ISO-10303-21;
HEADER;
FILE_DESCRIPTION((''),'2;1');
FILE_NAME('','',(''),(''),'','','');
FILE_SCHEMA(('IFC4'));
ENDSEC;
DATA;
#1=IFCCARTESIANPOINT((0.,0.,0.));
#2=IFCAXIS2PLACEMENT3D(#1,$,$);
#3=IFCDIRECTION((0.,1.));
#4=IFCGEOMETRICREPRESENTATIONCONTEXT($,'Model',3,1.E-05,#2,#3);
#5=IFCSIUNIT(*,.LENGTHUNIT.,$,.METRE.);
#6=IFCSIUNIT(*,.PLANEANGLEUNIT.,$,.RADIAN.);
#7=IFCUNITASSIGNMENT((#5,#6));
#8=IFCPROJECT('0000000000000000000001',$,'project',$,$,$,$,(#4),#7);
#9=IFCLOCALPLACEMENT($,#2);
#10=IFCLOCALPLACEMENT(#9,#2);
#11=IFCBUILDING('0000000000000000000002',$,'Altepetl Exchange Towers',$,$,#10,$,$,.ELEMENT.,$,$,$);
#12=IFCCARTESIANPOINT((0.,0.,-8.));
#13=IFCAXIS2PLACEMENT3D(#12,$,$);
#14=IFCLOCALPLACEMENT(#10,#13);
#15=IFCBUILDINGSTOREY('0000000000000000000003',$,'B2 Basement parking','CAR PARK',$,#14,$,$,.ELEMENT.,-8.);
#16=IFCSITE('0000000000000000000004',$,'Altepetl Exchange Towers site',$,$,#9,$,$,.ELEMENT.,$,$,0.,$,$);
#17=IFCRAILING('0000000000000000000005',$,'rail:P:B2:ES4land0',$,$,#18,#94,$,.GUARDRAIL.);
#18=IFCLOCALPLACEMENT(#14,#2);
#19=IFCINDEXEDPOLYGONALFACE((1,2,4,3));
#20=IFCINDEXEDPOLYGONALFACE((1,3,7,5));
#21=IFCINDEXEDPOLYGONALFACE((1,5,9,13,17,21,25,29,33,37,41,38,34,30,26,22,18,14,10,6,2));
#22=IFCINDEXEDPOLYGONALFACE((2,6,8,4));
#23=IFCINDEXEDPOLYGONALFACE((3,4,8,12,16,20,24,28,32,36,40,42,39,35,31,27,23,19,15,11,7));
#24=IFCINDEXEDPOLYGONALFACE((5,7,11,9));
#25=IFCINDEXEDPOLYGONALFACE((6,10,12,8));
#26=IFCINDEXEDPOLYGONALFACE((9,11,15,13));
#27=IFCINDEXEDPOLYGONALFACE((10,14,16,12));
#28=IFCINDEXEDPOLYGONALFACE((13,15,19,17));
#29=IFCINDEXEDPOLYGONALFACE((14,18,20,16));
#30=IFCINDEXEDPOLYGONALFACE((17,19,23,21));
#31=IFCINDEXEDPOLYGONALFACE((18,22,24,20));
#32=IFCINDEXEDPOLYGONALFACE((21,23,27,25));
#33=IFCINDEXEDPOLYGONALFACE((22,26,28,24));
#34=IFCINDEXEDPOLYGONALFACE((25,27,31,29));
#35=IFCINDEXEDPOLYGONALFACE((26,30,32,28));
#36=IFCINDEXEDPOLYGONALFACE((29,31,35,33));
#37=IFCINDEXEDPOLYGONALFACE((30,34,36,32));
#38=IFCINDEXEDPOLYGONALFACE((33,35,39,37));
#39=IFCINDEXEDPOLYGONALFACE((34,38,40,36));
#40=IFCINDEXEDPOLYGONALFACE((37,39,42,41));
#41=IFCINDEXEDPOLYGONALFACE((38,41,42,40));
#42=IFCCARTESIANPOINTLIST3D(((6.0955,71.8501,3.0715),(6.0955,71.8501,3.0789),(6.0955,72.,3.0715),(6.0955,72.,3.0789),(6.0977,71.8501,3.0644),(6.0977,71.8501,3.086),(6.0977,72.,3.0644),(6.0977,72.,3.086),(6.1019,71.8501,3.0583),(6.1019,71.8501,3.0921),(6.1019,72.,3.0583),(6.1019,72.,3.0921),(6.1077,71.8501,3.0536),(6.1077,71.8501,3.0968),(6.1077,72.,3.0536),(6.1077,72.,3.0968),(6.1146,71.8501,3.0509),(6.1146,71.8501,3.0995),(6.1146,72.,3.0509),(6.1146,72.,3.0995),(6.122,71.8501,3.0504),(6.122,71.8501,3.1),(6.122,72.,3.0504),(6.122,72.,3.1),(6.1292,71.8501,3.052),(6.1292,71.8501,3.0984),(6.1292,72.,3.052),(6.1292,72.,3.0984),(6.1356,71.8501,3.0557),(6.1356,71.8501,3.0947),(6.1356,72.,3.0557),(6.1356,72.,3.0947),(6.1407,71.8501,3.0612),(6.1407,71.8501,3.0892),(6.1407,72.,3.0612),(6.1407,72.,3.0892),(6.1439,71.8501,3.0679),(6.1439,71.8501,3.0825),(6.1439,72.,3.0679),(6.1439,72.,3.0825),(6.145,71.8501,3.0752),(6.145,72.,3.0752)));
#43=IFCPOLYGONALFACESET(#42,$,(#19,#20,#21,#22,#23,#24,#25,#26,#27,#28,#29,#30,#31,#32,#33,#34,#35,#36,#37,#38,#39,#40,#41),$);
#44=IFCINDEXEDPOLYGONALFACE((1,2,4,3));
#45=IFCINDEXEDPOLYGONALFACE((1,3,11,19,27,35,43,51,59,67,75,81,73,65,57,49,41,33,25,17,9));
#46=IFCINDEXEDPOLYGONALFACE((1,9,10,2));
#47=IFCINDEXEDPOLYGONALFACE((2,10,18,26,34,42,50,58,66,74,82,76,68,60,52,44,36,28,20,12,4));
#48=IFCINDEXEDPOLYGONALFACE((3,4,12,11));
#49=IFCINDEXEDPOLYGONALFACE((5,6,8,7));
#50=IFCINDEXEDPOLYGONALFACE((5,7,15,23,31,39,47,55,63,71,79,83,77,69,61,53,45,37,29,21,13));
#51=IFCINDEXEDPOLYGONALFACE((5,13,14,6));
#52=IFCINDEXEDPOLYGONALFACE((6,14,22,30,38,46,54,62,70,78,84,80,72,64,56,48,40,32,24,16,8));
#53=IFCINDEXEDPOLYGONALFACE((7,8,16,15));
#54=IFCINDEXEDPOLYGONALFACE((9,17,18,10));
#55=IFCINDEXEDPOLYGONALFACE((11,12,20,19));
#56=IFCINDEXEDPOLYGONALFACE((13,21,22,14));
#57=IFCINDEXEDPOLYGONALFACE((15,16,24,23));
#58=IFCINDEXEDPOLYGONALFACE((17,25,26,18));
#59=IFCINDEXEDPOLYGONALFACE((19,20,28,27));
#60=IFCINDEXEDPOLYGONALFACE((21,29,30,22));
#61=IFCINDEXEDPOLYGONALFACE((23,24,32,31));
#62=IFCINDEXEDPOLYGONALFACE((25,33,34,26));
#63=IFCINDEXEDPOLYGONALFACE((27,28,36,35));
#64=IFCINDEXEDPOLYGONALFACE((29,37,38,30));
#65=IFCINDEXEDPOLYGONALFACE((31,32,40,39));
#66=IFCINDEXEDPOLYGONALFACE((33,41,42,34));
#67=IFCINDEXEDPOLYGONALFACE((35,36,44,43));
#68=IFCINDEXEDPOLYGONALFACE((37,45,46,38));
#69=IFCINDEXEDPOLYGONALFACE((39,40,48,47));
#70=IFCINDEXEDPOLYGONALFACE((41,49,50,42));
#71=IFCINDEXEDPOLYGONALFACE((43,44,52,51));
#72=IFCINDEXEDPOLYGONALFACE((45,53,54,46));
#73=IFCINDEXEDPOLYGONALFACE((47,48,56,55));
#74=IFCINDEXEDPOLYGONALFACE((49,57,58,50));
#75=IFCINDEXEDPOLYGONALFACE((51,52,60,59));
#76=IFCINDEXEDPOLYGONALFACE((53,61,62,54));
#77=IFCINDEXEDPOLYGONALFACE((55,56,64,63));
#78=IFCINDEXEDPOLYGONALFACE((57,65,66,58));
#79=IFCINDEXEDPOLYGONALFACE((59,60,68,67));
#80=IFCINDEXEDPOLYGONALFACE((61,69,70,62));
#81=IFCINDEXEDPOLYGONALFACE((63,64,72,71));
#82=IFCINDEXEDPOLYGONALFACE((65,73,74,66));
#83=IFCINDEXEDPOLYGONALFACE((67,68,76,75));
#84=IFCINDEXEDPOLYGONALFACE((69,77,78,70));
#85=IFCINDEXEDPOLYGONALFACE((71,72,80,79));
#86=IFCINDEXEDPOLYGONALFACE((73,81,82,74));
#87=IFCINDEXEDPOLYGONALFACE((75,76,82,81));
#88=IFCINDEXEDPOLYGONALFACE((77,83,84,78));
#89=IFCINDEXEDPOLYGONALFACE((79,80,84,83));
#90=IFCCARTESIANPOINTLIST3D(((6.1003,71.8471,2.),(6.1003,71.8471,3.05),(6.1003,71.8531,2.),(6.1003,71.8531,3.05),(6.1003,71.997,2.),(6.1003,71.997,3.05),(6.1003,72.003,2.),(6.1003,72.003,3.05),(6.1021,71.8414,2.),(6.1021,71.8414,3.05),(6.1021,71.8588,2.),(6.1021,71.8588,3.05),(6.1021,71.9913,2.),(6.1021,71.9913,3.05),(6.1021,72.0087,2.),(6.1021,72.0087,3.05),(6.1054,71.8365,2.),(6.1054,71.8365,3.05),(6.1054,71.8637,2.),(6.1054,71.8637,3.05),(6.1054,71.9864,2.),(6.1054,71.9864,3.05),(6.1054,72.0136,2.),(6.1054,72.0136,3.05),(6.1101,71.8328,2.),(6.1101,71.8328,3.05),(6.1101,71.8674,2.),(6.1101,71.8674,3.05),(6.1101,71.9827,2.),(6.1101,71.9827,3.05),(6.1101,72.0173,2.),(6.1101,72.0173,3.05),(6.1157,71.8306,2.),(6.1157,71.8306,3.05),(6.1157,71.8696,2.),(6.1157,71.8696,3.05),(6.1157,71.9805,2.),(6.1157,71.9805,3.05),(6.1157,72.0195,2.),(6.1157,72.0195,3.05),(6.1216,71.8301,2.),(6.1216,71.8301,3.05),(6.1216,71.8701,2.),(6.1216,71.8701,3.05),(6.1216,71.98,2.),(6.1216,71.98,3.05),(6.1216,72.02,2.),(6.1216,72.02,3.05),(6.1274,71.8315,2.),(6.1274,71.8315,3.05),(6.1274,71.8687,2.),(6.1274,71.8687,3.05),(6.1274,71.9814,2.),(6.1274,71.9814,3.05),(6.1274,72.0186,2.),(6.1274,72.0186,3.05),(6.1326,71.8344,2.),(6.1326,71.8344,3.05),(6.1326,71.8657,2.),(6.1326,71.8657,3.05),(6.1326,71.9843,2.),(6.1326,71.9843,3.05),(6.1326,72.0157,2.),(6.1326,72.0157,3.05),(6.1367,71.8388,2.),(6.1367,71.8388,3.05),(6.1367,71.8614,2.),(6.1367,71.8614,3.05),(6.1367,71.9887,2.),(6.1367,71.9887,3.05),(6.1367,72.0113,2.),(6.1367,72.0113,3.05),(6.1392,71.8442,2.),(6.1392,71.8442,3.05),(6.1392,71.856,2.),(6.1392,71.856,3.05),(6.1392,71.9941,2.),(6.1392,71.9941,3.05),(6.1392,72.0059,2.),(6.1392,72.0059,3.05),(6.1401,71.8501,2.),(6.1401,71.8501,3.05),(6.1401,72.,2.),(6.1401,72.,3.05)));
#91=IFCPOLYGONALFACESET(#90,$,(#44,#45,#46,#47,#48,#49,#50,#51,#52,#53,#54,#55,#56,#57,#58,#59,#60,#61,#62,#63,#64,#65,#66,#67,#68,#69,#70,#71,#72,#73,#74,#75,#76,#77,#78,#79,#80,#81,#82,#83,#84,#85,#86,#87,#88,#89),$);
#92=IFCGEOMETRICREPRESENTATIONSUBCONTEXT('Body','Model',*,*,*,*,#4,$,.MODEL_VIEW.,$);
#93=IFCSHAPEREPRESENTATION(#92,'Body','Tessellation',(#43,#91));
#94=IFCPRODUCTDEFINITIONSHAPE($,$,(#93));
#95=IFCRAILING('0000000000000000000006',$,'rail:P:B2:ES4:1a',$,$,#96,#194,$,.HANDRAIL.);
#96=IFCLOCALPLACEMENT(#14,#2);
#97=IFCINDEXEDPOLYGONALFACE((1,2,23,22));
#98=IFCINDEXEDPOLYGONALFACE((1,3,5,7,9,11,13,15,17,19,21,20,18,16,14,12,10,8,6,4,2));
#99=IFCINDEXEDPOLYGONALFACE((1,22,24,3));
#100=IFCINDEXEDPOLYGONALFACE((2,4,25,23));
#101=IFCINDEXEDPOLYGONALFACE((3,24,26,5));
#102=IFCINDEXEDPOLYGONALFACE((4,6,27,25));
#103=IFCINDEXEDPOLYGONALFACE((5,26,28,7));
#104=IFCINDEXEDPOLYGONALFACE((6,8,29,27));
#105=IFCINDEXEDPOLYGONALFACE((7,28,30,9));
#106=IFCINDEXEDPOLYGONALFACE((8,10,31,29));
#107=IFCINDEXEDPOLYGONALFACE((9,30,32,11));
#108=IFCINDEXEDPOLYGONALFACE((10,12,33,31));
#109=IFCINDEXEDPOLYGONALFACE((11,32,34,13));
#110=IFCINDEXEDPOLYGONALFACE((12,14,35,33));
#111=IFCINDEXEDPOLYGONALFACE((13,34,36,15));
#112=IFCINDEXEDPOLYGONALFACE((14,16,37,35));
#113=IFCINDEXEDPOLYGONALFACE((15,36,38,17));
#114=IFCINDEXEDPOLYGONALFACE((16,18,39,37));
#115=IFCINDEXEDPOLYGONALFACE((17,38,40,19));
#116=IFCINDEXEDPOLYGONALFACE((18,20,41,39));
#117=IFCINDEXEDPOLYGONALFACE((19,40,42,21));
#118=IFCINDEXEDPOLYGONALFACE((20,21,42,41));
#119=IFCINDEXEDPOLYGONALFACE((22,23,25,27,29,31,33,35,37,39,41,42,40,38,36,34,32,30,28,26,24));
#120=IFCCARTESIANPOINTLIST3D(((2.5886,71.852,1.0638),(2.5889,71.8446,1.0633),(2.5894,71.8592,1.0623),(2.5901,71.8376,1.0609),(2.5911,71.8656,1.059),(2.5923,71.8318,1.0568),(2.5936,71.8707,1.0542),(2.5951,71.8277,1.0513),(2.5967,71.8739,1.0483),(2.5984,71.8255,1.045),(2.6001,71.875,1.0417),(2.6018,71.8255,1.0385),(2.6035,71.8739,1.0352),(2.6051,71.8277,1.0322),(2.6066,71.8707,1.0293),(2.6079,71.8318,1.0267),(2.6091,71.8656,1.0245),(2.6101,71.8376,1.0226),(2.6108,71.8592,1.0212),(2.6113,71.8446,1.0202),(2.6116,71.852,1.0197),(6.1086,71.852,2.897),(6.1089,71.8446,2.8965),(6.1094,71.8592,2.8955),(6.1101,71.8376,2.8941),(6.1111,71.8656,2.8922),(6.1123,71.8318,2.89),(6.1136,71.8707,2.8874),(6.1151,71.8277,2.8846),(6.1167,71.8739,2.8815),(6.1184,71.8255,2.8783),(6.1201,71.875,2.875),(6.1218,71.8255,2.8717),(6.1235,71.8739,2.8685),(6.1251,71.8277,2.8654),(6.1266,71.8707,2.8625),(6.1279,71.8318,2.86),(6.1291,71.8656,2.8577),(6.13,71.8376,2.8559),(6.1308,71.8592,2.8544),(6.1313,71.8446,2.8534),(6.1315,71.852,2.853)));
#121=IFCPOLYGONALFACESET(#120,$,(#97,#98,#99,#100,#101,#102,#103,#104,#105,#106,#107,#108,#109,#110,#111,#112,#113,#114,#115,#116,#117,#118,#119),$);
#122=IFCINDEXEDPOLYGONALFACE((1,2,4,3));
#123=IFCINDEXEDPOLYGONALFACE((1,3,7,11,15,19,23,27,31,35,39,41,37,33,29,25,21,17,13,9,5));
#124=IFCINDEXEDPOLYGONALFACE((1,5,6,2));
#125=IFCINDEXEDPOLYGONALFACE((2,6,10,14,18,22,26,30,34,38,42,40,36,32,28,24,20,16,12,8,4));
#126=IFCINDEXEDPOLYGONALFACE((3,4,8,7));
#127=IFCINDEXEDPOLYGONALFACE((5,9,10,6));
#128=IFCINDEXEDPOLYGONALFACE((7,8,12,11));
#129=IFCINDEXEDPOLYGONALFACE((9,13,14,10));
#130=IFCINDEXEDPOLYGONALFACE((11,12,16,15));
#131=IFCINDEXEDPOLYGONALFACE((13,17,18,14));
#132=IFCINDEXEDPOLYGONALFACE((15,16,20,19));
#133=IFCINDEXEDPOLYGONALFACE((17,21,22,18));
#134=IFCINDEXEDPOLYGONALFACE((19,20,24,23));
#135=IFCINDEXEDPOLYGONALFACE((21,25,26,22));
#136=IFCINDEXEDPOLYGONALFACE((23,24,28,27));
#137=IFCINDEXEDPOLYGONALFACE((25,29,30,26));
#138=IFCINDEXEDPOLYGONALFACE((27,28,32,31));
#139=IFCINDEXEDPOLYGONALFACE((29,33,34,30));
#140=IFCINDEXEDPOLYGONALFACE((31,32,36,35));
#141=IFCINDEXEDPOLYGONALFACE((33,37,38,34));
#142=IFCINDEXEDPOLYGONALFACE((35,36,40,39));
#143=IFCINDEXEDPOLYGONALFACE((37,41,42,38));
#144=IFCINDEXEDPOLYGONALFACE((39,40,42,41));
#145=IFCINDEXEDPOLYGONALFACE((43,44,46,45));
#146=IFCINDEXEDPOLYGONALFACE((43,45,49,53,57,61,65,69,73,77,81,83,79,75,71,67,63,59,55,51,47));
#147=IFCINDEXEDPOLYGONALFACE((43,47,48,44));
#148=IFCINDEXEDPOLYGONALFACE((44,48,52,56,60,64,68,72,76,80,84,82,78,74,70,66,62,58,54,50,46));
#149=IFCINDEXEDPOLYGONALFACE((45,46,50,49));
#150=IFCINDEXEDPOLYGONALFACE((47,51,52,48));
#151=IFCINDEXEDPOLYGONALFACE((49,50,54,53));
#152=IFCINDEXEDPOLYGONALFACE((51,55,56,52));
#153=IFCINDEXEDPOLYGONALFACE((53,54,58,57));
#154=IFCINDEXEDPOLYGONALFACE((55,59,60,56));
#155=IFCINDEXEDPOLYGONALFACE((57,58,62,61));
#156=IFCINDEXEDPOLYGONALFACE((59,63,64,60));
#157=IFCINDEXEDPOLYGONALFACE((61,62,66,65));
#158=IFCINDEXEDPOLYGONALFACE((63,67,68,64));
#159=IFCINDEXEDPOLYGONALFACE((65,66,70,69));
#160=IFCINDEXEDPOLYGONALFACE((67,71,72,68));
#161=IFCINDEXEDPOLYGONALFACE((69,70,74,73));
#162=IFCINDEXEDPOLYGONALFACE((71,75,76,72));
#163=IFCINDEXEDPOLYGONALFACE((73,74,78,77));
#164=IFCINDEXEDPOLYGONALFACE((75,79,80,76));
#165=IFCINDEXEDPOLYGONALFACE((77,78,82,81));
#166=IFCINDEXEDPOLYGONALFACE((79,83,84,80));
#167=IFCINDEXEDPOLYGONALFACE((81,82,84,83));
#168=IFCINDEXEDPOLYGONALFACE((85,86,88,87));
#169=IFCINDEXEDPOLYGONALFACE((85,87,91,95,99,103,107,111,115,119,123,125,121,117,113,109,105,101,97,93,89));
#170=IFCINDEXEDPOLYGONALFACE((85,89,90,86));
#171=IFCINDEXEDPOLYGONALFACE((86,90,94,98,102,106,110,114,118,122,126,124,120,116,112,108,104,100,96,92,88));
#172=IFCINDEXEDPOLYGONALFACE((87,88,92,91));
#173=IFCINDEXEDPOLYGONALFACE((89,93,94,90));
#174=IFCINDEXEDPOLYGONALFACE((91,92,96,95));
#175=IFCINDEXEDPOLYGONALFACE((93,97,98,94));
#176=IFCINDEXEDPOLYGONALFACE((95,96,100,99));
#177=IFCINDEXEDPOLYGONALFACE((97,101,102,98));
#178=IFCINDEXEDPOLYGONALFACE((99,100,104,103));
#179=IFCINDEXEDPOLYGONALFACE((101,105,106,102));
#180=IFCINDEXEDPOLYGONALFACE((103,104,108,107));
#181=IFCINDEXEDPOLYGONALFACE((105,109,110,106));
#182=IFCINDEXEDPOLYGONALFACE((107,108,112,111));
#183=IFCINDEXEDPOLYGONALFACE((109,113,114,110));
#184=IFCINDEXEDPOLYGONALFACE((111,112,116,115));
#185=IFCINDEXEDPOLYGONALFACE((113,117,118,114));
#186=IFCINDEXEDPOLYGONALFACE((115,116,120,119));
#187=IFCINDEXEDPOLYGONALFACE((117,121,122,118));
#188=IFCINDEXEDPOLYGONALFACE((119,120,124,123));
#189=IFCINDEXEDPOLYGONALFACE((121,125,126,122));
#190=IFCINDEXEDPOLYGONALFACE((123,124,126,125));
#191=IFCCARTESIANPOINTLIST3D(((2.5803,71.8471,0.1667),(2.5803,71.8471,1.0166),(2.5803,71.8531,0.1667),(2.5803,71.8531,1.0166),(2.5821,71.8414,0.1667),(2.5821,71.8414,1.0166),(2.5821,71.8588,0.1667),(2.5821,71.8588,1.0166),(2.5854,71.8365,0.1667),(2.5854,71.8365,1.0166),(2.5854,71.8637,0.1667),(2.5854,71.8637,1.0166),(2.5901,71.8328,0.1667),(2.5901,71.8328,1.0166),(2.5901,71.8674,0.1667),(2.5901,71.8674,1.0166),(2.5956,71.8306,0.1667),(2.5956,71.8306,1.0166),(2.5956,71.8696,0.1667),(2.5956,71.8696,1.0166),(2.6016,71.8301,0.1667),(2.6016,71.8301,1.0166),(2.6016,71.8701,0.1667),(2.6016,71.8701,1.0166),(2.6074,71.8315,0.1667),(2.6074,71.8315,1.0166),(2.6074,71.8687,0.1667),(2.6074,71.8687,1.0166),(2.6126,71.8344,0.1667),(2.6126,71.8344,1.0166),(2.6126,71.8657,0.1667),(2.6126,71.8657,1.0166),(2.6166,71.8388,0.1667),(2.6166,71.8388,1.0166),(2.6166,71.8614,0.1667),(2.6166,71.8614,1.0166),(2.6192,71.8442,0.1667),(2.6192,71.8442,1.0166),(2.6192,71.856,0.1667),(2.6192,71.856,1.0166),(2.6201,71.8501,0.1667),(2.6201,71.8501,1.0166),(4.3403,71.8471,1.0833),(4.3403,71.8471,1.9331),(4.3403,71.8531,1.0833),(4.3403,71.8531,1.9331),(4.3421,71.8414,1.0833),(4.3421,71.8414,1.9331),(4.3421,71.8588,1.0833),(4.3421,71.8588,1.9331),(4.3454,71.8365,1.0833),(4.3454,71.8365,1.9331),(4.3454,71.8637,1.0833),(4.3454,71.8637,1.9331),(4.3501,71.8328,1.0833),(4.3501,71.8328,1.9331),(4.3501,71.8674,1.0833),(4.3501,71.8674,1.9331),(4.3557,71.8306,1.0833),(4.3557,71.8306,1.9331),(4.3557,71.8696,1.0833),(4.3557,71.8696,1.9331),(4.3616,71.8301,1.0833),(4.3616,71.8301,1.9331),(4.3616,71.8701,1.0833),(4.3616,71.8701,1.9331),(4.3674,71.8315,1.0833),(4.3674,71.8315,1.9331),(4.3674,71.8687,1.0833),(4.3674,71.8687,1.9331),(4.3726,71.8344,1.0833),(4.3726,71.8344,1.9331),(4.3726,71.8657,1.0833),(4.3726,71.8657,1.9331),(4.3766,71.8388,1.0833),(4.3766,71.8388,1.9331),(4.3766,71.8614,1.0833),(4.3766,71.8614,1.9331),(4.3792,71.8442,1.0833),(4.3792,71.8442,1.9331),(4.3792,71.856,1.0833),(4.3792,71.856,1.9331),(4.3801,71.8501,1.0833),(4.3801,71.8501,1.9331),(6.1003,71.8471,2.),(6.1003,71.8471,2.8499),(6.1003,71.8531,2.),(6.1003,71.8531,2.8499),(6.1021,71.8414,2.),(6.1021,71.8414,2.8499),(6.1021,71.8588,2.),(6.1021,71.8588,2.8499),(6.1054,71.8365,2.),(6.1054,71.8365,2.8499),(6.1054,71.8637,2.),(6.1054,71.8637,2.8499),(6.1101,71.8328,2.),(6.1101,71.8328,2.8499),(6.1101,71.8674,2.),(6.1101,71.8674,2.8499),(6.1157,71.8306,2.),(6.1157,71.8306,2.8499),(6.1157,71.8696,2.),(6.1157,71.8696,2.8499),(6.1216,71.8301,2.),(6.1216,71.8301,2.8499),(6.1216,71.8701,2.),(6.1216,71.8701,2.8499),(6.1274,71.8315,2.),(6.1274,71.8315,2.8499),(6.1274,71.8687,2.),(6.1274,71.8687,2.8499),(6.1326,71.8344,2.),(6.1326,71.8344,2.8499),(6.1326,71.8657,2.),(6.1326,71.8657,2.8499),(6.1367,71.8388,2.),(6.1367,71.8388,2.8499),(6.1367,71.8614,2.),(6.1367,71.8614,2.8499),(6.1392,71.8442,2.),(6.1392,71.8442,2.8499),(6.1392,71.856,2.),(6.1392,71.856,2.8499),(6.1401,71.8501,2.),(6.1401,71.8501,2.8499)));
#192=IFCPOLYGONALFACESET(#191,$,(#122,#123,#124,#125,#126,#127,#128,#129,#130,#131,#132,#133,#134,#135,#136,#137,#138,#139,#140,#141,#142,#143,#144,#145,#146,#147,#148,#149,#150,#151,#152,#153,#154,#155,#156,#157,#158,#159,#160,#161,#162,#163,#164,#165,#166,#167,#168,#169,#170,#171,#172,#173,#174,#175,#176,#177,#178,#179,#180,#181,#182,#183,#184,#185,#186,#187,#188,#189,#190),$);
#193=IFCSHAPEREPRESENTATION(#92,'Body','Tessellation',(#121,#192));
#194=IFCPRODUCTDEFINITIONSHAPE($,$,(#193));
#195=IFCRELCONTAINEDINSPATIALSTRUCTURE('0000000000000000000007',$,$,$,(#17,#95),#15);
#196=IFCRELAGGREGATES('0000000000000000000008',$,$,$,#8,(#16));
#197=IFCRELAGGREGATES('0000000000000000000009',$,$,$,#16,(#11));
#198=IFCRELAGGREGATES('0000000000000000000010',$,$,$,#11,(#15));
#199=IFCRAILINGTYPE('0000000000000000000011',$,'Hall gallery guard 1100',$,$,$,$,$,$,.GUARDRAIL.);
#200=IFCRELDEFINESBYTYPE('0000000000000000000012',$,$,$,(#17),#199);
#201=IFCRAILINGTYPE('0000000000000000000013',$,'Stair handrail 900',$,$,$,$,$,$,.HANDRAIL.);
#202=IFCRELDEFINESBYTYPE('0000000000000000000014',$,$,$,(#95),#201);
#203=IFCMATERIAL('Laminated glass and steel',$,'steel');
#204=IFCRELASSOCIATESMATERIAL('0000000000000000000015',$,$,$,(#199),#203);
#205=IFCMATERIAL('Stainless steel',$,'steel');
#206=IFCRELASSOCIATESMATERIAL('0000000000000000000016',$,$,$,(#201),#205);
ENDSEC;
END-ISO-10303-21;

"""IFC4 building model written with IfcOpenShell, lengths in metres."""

from ifc_helpers import new_model, si_unit, direction, frame, origin, origin_2d, place, context, subcontext, project, spatial, circle, extrude, source, transform, mapped, material, type_object, element, save


model = new_model("IFC4")

# Units and contexts
model_context = context("Model", 3, precision=1e-05, world=origin(), true_north=direction((0.0, 1.0)))
body_context = subcontext(model_context, "Body", "Model", "MODEL_VIEW")
ifc_project = project(units=[si_unit("LENGTHUNIT", "METRE"), si_unit("PLANEANGLEUNIT", "RADIAN")], contexts=[model_context])

# Site, building, storey
site_placement = place(None, origin())
site = spatial("IfcSite", under=ifc_project, at=site_placement, Name="Altepetl Exchange Towers site", CompositionType="ELEMENT", RefElevation=0.0)
building_placement = place(site_placement, origin())
building = spatial("IfcBuilding", under=site, at=building_placement, Name="Altepetl Exchange Towers", CompositionType="ELEMENT")
storey_placement = place(building_placement, frame((0.0, 0.0, -8.0)))
storey = spatial("IfcBuildingStorey", under=building, at=storey_placement, Name="B2 Basement parking", Description="CAR PARK", CompositionType="ELEMENT", Elevation=-8.0)

# Railings
ifc_material_1 = material(Name="Laminated glass and steel", Category="steel")
railing_type_1 = type_object("IfcRailingType", Name="Hall gallery guard 1100", PredefinedType="GUARDRAIL", material=ifc_material_1)
shared_shape_1 = source(origin(), body_context, "Body", "SweptSolid", [
    extrude(circle(Radius=0.02, at=origin_2d()), origin(), (0.0, 0.0, 1.0), 1.05),
])
railing_1_placement = place(storey_placement, frame((6.1201, 72.0, 2.0)))
element("IfcRailing", 1, at=railing_1_placement, inside=storey, type_object=railing_type_1, Name="rail:P:B2:ES4land0", PredefinedType="GUARDRAIL", context=body_context, shape_type="SweptSolid", body=[
    extrude(circle(Radius=0.0249, at=origin_2d()), frame((0.0, 0.0, 1.0752), z_axis=(0.0, -1.0, 0.0), x_axis=(1.0, 0.0, 0.0)), (0.0, 0.0, 1.0), 0.1499),
    mapped(shared_shape_1, transform((0.0, 0.0, 0.0))),
    mapped(shared_shape_1, transform((0.0, -0.1499, 0.0))),
])
ifc_material_2 = material(Name="Stainless steel", Category="steel")
railing_type_2 = type_object("IfcRailingType", Name="Stair handrail 900", PredefinedType="HANDRAIL", material=ifc_material_2)
shared_shape_2 = source(origin(), body_context, "Body", "SweptSolid", [
    extrude(circle(Radius=0.02, at=origin_2d()), origin(), (0.0, 0.0, 1.0), 0.8499),
])
for number, where, name in (
    (2, (2.6001, 71.8501, 0.1667), "rail:P:B2:ES4:1a"),
):
    element("IfcRailing", number, at=place(storey_placement, frame(where)), inside=storey, type_object=railing_type_2, Name=name, PredefinedType="HANDRAIL", context=body_context, shape_type="SweptSolid", body=[
        extrude(circle(Radius=0.0249, at=origin_2d()), frame((0.0, 0.0, 0.875), z_axis=(0.886924, 0.0, 0.461916), x_axis=(0.0, 1.0, 0.0)), (0.0, 0.0, 1.0), 3.9688),
        mapped(shared_shape_2, transform((0.0, 0.0, 0.0))),
        mapped(shared_shape_2, transform((1.76, 0.0, 0.9165))),
        mapped(shared_shape_2, transform((3.52, 0.0, 1.8333))),
    ])

save(model, "model.ifc")
